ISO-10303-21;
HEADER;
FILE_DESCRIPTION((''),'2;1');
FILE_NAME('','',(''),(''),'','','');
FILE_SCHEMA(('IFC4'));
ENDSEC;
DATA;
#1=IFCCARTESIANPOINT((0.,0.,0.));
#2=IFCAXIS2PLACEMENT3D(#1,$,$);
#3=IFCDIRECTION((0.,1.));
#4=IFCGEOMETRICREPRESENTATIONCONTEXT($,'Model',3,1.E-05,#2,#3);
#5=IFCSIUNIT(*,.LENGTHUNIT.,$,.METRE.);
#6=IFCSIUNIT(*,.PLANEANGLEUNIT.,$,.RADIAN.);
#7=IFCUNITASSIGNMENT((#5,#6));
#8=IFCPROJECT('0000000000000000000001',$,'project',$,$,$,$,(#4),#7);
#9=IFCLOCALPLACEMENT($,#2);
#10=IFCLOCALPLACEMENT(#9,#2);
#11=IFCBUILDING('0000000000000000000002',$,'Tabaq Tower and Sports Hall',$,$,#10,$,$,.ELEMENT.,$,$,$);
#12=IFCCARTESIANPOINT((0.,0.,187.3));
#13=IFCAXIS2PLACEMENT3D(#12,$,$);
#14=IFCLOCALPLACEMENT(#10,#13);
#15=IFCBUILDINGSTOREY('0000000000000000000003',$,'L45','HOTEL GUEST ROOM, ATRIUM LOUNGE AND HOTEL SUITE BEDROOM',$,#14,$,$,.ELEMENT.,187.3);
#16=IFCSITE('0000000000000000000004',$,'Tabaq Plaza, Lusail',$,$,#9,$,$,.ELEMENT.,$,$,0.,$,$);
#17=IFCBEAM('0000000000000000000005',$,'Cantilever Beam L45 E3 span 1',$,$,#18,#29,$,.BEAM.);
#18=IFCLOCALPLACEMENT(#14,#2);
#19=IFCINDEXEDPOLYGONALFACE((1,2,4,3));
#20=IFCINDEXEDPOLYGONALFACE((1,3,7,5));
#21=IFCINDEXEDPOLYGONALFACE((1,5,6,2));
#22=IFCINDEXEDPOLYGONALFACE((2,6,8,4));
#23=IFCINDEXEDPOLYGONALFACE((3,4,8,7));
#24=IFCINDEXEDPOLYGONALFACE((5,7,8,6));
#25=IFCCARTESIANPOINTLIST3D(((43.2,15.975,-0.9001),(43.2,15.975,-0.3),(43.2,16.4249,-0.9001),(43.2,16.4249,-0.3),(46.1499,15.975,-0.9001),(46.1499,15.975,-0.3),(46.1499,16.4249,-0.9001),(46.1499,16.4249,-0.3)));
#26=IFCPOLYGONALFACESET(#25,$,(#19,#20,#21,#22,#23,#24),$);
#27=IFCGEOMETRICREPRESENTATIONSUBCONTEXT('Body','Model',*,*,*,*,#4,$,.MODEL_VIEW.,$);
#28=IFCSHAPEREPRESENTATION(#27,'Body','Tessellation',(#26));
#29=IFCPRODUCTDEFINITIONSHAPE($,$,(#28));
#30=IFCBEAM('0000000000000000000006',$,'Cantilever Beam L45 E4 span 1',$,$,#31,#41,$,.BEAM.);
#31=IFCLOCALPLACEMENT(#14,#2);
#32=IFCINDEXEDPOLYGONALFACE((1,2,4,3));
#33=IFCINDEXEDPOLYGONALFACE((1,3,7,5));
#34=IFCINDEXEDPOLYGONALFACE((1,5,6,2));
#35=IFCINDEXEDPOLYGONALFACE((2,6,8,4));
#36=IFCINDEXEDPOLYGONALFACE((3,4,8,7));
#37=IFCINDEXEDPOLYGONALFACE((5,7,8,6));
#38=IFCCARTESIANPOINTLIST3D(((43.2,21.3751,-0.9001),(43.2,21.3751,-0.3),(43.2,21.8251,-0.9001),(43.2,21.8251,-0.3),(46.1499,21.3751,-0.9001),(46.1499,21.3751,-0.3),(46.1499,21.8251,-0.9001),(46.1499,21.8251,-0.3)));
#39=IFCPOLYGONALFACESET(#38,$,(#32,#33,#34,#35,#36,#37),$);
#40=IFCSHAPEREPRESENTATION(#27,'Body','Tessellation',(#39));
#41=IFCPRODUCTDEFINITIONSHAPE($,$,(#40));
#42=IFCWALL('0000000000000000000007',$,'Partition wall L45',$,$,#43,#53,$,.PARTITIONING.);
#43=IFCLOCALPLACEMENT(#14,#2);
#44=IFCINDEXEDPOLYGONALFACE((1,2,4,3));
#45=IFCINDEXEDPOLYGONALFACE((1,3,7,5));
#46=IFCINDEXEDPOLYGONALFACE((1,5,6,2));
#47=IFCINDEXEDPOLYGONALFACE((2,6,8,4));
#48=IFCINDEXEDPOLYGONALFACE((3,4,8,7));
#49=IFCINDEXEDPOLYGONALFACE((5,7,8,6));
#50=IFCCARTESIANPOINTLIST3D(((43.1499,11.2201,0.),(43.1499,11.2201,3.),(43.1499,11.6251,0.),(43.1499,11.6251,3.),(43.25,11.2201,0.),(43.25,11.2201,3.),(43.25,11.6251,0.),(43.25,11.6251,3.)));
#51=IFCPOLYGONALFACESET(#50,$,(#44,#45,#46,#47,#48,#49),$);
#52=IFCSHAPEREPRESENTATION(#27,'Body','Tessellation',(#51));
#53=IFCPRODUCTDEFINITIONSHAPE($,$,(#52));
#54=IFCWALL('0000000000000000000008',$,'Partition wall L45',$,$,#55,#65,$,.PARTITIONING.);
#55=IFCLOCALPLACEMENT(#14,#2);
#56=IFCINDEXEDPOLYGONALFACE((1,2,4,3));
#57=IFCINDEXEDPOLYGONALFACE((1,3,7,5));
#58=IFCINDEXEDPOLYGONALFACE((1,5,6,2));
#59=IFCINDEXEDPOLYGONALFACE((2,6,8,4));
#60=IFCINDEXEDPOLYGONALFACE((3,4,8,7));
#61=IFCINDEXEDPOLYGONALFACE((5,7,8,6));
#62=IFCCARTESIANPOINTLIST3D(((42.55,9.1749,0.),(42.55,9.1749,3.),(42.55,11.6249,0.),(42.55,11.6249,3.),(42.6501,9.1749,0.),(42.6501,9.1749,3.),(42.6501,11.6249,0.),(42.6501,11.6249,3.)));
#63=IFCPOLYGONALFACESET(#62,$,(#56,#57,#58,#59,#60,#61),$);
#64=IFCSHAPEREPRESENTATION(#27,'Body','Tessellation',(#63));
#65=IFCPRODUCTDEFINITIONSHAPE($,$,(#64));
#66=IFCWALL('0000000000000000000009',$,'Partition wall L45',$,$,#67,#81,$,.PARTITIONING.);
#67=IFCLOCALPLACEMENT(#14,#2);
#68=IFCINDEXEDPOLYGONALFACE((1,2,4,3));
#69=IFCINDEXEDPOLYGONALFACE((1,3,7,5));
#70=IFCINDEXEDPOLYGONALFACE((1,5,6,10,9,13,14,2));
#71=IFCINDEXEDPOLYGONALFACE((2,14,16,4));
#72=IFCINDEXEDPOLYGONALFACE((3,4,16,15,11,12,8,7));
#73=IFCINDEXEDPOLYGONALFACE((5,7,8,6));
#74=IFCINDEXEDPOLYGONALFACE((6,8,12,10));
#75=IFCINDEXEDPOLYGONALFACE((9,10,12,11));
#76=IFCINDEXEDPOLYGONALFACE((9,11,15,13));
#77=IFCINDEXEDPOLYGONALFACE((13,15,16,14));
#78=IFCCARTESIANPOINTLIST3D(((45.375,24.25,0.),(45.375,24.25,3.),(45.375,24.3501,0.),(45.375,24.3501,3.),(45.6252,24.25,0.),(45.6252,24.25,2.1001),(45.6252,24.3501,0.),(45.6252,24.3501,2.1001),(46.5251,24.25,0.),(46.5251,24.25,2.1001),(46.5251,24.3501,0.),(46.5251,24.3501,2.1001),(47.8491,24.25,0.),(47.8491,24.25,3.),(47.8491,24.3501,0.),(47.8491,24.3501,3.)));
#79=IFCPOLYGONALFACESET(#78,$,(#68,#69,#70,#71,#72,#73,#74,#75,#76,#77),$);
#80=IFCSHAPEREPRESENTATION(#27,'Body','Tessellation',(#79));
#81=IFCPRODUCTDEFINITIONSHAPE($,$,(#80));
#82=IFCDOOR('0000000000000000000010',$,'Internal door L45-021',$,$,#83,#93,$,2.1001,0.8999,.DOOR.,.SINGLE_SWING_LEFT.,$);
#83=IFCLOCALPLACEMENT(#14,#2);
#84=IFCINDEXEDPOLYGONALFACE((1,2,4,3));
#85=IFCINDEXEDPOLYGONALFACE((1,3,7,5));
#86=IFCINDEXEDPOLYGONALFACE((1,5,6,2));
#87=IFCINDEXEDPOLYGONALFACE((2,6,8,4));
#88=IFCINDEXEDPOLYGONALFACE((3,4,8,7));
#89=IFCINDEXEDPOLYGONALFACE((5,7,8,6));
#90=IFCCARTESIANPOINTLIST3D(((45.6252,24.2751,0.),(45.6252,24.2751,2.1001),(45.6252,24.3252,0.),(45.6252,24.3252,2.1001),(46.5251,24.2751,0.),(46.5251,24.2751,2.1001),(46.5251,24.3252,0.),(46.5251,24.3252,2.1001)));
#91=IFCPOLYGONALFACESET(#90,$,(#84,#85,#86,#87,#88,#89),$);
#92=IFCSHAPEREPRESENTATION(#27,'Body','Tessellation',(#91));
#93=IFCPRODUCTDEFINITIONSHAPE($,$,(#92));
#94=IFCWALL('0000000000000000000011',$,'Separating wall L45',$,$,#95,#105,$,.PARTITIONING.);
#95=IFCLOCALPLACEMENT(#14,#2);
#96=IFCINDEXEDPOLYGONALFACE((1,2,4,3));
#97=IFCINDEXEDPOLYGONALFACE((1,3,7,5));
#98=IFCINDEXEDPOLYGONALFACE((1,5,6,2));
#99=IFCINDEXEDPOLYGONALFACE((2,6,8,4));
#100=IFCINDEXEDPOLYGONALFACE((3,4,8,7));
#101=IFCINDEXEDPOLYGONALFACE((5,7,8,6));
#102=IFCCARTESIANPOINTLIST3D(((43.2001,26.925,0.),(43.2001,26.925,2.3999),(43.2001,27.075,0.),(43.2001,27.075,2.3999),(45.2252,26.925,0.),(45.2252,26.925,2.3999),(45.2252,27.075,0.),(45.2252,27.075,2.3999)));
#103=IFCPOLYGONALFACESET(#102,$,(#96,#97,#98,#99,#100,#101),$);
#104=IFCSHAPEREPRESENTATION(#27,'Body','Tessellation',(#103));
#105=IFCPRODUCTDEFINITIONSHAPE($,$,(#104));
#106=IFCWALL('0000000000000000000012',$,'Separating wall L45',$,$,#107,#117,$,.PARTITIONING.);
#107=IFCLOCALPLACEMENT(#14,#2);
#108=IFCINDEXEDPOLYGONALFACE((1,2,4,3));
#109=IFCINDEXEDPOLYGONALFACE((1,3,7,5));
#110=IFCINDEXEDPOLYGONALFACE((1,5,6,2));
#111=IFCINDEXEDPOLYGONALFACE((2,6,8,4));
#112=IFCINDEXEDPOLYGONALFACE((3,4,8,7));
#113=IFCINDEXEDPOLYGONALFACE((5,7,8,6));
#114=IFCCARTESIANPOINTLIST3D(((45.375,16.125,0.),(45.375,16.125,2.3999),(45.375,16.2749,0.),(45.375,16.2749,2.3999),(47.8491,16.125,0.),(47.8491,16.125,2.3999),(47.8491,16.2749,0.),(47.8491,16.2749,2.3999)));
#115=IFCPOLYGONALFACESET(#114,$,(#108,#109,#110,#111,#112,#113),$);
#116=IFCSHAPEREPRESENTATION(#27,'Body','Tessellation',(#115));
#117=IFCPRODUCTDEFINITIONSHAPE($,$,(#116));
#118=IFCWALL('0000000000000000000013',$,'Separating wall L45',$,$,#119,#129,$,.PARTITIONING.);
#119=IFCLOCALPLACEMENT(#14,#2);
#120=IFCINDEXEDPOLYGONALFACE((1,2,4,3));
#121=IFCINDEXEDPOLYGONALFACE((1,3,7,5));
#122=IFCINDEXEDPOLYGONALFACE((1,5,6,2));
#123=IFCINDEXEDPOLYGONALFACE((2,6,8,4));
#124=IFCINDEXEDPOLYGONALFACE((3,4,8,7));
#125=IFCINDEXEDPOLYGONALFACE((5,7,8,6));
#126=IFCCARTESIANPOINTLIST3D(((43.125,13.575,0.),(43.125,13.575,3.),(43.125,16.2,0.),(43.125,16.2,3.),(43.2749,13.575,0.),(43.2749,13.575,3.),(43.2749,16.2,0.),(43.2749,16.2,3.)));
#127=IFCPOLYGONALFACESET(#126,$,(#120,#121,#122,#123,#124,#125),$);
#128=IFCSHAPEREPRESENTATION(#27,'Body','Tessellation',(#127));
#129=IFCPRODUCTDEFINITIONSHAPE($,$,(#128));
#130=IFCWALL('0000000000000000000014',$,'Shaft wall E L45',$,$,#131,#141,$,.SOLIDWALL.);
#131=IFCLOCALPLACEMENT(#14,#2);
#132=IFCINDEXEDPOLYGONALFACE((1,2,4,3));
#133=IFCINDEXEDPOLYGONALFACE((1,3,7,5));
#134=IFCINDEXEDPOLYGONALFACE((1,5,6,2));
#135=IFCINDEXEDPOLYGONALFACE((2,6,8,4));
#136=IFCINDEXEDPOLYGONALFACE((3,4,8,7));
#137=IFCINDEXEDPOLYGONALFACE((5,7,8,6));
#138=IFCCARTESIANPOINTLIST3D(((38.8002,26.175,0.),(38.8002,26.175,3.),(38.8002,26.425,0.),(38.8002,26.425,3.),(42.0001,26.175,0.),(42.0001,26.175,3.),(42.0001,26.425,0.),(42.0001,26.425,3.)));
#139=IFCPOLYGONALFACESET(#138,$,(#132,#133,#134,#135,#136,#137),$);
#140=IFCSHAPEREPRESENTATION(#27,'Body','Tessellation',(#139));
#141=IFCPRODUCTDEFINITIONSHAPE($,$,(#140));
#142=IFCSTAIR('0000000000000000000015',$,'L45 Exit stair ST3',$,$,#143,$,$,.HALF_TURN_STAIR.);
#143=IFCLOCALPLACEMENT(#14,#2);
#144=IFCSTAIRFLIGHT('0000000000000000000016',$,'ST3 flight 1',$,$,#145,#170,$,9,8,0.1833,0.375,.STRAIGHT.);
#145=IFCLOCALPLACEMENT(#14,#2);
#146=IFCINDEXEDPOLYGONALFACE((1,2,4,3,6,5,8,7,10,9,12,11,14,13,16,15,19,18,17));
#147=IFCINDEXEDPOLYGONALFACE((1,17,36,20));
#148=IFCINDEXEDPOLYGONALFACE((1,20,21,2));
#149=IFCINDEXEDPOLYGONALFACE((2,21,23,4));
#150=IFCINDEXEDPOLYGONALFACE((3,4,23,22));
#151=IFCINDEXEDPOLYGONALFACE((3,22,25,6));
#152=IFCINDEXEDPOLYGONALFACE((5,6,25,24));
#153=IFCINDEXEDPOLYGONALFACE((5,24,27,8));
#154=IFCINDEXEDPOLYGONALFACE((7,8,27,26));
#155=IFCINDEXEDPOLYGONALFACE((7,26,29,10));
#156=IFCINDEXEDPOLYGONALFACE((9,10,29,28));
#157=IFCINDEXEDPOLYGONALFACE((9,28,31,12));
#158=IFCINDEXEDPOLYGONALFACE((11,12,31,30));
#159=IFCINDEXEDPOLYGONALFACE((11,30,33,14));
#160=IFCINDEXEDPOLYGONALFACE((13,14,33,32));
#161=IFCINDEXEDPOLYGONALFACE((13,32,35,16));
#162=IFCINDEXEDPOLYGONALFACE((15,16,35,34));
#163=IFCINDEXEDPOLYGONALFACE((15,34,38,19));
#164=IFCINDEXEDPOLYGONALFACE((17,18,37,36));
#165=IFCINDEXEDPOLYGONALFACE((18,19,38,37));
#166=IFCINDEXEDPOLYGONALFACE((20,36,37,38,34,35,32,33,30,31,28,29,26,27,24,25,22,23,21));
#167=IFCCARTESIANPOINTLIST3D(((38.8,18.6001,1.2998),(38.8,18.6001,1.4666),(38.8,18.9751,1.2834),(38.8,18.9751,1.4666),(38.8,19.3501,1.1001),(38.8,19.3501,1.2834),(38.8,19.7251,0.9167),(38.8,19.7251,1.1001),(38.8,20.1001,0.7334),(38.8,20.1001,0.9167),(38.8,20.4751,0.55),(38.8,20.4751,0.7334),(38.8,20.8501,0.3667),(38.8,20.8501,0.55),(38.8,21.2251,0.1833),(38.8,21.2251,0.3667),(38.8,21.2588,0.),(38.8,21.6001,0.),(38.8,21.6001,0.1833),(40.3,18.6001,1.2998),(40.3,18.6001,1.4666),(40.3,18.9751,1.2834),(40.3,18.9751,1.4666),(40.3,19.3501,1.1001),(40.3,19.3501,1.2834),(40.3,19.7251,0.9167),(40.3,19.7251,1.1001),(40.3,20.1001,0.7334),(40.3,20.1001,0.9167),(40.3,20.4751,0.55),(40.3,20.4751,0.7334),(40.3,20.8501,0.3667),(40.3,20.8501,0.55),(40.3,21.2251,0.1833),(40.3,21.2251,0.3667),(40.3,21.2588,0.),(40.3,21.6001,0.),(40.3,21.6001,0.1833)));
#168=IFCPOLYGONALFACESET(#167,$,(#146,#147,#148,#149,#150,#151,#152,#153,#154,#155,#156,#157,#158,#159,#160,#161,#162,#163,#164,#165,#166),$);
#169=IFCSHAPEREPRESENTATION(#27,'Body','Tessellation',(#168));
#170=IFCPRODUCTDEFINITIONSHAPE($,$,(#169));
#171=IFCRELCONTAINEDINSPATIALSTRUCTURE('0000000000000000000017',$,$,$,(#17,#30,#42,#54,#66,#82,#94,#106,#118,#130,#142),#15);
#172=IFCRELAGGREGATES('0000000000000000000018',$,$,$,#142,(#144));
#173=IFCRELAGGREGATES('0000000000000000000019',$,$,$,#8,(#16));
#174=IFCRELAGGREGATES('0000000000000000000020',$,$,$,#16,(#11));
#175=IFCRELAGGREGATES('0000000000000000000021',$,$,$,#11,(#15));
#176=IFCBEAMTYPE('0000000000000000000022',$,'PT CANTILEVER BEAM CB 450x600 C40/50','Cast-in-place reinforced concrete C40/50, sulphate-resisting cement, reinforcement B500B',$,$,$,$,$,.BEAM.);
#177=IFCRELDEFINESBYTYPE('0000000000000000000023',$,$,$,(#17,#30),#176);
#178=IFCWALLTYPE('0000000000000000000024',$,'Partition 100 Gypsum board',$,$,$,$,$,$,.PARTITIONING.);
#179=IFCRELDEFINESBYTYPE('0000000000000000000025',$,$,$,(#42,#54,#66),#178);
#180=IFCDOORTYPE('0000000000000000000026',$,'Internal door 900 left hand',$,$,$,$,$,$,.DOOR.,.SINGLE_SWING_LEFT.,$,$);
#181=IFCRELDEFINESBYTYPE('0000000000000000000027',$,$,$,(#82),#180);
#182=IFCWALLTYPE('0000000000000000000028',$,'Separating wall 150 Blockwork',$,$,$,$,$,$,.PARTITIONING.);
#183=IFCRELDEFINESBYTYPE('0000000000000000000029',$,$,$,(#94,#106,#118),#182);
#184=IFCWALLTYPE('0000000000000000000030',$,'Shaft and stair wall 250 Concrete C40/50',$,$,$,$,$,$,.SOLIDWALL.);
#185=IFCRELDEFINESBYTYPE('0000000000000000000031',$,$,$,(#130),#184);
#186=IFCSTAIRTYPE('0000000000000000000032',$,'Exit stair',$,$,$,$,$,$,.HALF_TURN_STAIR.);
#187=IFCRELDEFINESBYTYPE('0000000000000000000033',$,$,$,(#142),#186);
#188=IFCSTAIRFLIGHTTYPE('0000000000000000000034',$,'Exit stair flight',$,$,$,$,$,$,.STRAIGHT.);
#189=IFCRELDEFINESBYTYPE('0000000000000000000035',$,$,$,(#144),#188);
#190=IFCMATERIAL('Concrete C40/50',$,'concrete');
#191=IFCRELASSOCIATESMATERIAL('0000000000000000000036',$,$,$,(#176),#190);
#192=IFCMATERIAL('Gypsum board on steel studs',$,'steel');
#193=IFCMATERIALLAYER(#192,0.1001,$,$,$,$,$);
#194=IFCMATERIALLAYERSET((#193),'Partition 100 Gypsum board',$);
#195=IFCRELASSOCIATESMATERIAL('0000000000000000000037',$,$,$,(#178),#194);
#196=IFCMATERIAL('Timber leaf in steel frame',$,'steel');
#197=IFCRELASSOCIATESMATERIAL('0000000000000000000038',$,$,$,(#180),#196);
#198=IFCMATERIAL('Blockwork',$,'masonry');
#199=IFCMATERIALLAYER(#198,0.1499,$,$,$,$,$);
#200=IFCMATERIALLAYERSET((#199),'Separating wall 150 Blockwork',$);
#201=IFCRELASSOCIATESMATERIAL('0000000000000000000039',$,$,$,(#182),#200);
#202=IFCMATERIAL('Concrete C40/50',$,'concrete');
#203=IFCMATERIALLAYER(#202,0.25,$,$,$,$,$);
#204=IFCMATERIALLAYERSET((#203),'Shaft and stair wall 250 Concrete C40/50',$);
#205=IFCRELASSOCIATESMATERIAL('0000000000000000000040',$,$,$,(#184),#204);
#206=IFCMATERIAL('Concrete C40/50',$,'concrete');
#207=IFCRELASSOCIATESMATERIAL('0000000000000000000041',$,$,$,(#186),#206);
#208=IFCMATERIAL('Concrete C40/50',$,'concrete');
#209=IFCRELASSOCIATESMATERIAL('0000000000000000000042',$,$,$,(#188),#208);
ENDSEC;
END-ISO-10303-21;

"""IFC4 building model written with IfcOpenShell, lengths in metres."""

from ifc_helpers import new_model, si_unit, direction, frame, frame_2d, origin, origin_2d, place, context, subcontext, project, spatial, polyline, rectangle, outline, extrude, material, layer, layer_set, material_profile, profile_set, type_object, element, fill, aggregate, save


model = new_model("IFC4")

# Units and contexts
model_context = context("Model", 3, precision=1e-05, world=origin(), true_north=direction((0.0, 1.0)))
body_context = subcontext(model_context, "Body", "Model", "MODEL_VIEW")
ifc_project = project(units=[si_unit("LENGTHUNIT", "METRE"), si_unit("PLANEANGLEUNIT", "RADIAN")], contexts=[model_context])

# Site, building, storey
site_placement = place(None, origin())
site = spatial("IfcSite", under=ifc_project, at=site_placement, Name="Tabaq Plaza, Lusail", CompositionType="ELEMENT", RefElevation=0.0)
building_placement = place(site_placement, origin())
building = spatial("IfcBuilding", under=site, at=building_placement, Name="Tabaq Tower and Sports Hall", CompositionType="ELEMENT")
storey_placement = place(building_placement, frame((0.0, 0.0, 187.3)))
storey = spatial("IfcBuildingStorey", under=building, at=storey_placement, Name="L45", Description="HOTEL GUEST ROOM, ATRIUM LOUNGE AND HOTEL SUITE BEDROOM", CompositionType="ELEMENT", Elevation=187.3)

# Beams
ifc_material_1 = material(Name="Concrete C40/50", Category="concrete")
ifc_material_profile = material_profile(ifc_material_1, rectangle(XDim=0.45, YDim=0.6001, at=origin_2d()), Name="CB 450x600")
ifc_profile_set = profile_set([ifc_material_profile], Name="Concrete C40/50")
beam_type = type_object("IfcBeamType", Name="PT CANTILEVER BEAM CB 450x600 C40/50", Description="Cast-in-place reinforced concrete C40/50, sulphate-resisting cement, reinforcement B500B", PredefinedType="BEAM", material=ifc_profile_set)
for number, where, z_axis, x_axis, name in (
    (1, (46.1499, 16.2, -0.6001), (-1.0, 0.0, 0.0), (0.0, -1.0, 0.0), "Cantilever Beam L45 E3 span 1"),
    (2, (46.1499, 21.6001, -0.6001), (-1.0, 0.0, 0.0), (0.0, -1.0, 0.0), "Cantilever Beam L45 E4 span 1"),
):
    element("IfcBeam", number, at=place(storey_placement, frame(where, z_axis=z_axis, x_axis=x_axis)), inside=storey, type_object=beam_type, Name=name, PredefinedType="BEAM", context=body_context, shape_type="SweptSolid", body=[
        extrude(rectangle(XDim=0.45, YDim=0.6001, at=origin_2d()), origin(), (0.0, 0.0, 1.0), 2.95),
    ])

# Walls
ifc_material_2 = material(Name="Gypsum board on steel studs", Category="steel")
ifc_layer_1 = layer(ifc_material_2, 0.1001)
ifc_layer_set_1 = layer_set([ifc_layer_1], Name="Partition 100 Gypsum board")
wall_type_1 = type_object("IfcWallType", Name="Partition 100 Gypsum board", PredefinedType="PARTITIONING", material=ifc_layer_set_1)
wall_1_placement = place(storey_placement, frame((43.2, 11.22, 0.0), z_axis=(0.0, 0.0, 1.0), x_axis=(0.0, 1.0, 0.0)))
element("IfcWall", 3, at=wall_1_placement, inside=storey, type_object=wall_type_1, Name="Partition wall L45", PredefinedType="PARTITIONING", context=body_context, shape_type="SweptSolid", body=[
    extrude(rectangle(XDim=0.405, YDim=0.1001, at=frame_2d((0.2026, 0.0))), origin(), (0.0, 0.0, 1.0), 3.0),
])
wall_2_placement = place(storey_placement, frame((42.6001, 11.625, 0.0), z_axis=(0.0, 0.0, 1.0), x_axis=(0.0, -1.0, 0.0)))
element("IfcWall", 4, at=wall_2_placement, inside=storey, type_object=wall_type_1, Name="Partition wall L45", PredefinedType="PARTITIONING", context=body_context, shape_type="SweptSolid", body=[
    extrude(rectangle(XDim=2.45, YDim=0.1001, at=frame_2d((1.2251, 0.0))), origin(), (0.0, 0.0, 1.0), 3.0),
])

# Wall, opening, door
wall_3_placement = place(storey_placement, frame((47.8491, 24.3, 0.0), z_axis=(0.0, 0.0, 1.0), x_axis=(-1.0, 0.0, 0.0)))
wall_3 = element("IfcWall", 5, at=wall_3_placement, inside=storey, type_object=wall_type_1, Name="Partition wall L45", PredefinedType="PARTITIONING", context=body_context, shape_type="SweptSolid", body=[
    extrude(rectangle(XDim=2.4741, YDim=0.1001, at=frame_2d((1.2371, 0.0))), origin(), (0.0, 0.0, 1.0), 3.0),
])
opening_1_placement = place(wall_3_placement, frame((1.324, 0.0, 0.0)))
opening_1 = element("IfcOpeningElement", 6, at=opening_1_placement, cuts=wall_3, PredefinedType="OPENING", context=body_context, shape_type="SweptSolid", body=[
    extrude(rectangle(XDim=0.8999, YDim=2.1001, at=frame_2d((0.45, 1.05))), frame((0.0, 0.05, 0.0), z_axis=(0.0, -1.0, 0.0), x_axis=(1.0, 0.0, 0.0)), (0.0, 0.0, 1.0), 0.1001),
])
ifc_material_3 = material(Name="Timber leaf in steel frame", Category="steel")
door_type_1 = type_object("IfcDoorType", Name="Internal door 900 left hand", OperationType="SINGLE_SWING_LEFT", PredefinedType="DOOR", material=ifc_material_3)
door_1_placement = place(opening_1_placement, origin())
door_1 = element("IfcDoor", 7, at=door_1_placement, inside=storey, type_object=door_type_1, Name="Internal door L45-021", OperationType="SINGLE_SWING_LEFT", OverallHeight=2.1001, OverallWidth=0.8999, PredefinedType="DOOR", context=body_context, shape_type="SweptSolid", body=[
    extrude(rectangle(XDim=0.8999, YDim=2.1001, at=frame_2d((0.45, 1.05))), frame((0.0, 0.0249, 0.0), z_axis=(0.0, -1.0, 0.0), x_axis=(1.0, 0.0, 0.0)), (0.0, 0.0, 1.0), 0.05),
])
fill(opening_1, door_1)

# Walls
ifc_material_4 = material(Name="Blockwork", Category="masonry")
ifc_layer_2 = layer(ifc_material_4, 0.1499)
ifc_layer_set_2 = layer_set([ifc_layer_2], Name="Separating wall 150 Blockwork")
wall_type_2 = type_object("IfcWallType", Name="Separating wall 150 Blockwork", PredefinedType="PARTITIONING", material=ifc_layer_set_2)
wall_4_placement = place(storey_placement, frame((43.2, 27.0, 0.0), z_axis=(0.0, 0.0, 1.0), x_axis=(1.0, 0.0, 0.0)))
element("IfcWall", 8, at=wall_4_placement, inside=storey, type_object=wall_type_2, Name="Separating wall L45", PredefinedType="PARTITIONING", context=body_context, shape_type="SweptSolid", body=[
    extrude(rectangle(XDim=2.0251, YDim=0.1499, at=frame_2d((1.0127, 0.0))), origin(), (0.0, 0.0, 1.0), 2.3999),
])
wall_5_placement = place(storey_placement, frame((47.8491, 16.2, 0.0), z_axis=(0.0, 0.0, 1.0), x_axis=(-1.0, 0.0, 0.0)))
element("IfcWall", 9, at=wall_5_placement, inside=storey, type_object=wall_type_2, Name="Separating wall L45", PredefinedType="PARTITIONING", context=body_context, shape_type="SweptSolid", body=[
    extrude(rectangle(XDim=2.4741, YDim=0.1499, at=frame_2d((1.2371, 0.0))), origin(), (0.0, 0.0, 1.0), 2.3999),
])
wall_6_placement = place(storey_placement, frame((43.2, 13.575, 0.0), z_axis=(0.0, 0.0, 1.0), x_axis=(0.0, 1.0, 0.0)))
element("IfcWall", 10, at=wall_6_placement, inside=storey, type_object=wall_type_2, Name="Separating wall L45", PredefinedType="PARTITIONING", context=body_context, shape_type="SweptSolid", body=[
    extrude(rectangle(XDim=2.625, YDim=0.1499, at=frame_2d((1.3125, 0.0))), origin(), (0.0, 0.0, 1.0), 3.0),
])
ifc_material_5 = material(Name="Concrete C40/50", Category="concrete")
ifc_layer_3 = layer(ifc_material_5, 0.25)
ifc_layer_set_3 = layer_set([ifc_layer_3], Name="Shaft and stair wall 250 Concrete C40/50")
wall_type_3 = type_object("IfcWallType", Name="Shaft and stair wall 250 Concrete C40/50", PredefinedType="SOLIDWALL", material=ifc_layer_set_3)
wall_7_placement = place(storey_placement, frame((38.8, 26.3, 0.0), z_axis=(0.0, 0.0, 1.0), x_axis=(1.0, 0.0, 0.0)))
element("IfcWall", 11, at=wall_7_placement, inside=storey, type_object=wall_type_3, Name="Shaft wall E L45", PredefinedType="SOLIDWALL", context=body_context, shape_type="SweptSolid", body=[
    extrude(rectangle(XDim=3.2, YDim=0.25, at=frame_2d((1.6001, 0.0))), origin(), (0.0, 0.0, 1.0), 3.0),
])

# Stair, stair flight
ifc_material_6 = material(Name="Concrete C40/50", Category="concrete")
stair_type = type_object("IfcStairType", Name="Exit stair", PredefinedType="HALF_TURN_STAIR", material=ifc_material_6)
stair_placement = place(storey_placement, origin())
stair = element("IfcStair", 12, at=stair_placement, inside=storey, type_object=stair_type, Name="L45 Exit stair ST3", PredefinedType="HALF_TURN_STAIR")
ifc_material_7 = material(Name="Concrete C40/50", Category="concrete")
stair_flight_type = type_object("IfcStairFlightType", Name="Exit stair flight", PredefinedType="STRAIGHT", material=ifc_material_7)
stair_flight_1_placement = place(storey_placement, frame((39.55, 21.6001, 0.0), z_axis=(0.0, 0.0, 1.0), x_axis=(0.0, -1.0, 0.0)))
stair_flight_1 = element("IfcStairFlight", 13, at=stair_flight_1_placement, type_object=stair_flight_type, Name="ST3 flight 1", NumberOfRisers=9, NumberOfTreads=8, PredefinedType="STRAIGHT", RiserHeight=0.1833, TreadLength=0.375, context=body_context, shape_type="SweptSolid", body=[
    extrude(outline(polyline([(0.0, 0.0), (0.0, 0.1833), (0.375, 0.1833), (0.375, 0.3667), (0.75, 0.3667), (0.75, 0.55), (1.125, 0.55), (1.125, 0.7334), (1.5, 0.7334), (1.5, 0.9167), (1.875, 0.9167), (1.875, 1.1001), (2.25, 1.1001), (2.25, 1.2834), (2.625, 1.2834), (2.625, 1.4666), (3.0, 1.4666), (3.0, 1.6499), (3.0, 1.2998), (0.3413, 0.0), (0.0, 0.0)])), frame((0.0, 0.75, 0.0), z_axis=(0.0, -1.0, 0.0), x_axis=(1.0, 0.0, 0.0)), (0.0, 0.0, 1.0), 1.5),
])
aggregate(stair, [stair_flight_1])

save(model, "model.ifc")
